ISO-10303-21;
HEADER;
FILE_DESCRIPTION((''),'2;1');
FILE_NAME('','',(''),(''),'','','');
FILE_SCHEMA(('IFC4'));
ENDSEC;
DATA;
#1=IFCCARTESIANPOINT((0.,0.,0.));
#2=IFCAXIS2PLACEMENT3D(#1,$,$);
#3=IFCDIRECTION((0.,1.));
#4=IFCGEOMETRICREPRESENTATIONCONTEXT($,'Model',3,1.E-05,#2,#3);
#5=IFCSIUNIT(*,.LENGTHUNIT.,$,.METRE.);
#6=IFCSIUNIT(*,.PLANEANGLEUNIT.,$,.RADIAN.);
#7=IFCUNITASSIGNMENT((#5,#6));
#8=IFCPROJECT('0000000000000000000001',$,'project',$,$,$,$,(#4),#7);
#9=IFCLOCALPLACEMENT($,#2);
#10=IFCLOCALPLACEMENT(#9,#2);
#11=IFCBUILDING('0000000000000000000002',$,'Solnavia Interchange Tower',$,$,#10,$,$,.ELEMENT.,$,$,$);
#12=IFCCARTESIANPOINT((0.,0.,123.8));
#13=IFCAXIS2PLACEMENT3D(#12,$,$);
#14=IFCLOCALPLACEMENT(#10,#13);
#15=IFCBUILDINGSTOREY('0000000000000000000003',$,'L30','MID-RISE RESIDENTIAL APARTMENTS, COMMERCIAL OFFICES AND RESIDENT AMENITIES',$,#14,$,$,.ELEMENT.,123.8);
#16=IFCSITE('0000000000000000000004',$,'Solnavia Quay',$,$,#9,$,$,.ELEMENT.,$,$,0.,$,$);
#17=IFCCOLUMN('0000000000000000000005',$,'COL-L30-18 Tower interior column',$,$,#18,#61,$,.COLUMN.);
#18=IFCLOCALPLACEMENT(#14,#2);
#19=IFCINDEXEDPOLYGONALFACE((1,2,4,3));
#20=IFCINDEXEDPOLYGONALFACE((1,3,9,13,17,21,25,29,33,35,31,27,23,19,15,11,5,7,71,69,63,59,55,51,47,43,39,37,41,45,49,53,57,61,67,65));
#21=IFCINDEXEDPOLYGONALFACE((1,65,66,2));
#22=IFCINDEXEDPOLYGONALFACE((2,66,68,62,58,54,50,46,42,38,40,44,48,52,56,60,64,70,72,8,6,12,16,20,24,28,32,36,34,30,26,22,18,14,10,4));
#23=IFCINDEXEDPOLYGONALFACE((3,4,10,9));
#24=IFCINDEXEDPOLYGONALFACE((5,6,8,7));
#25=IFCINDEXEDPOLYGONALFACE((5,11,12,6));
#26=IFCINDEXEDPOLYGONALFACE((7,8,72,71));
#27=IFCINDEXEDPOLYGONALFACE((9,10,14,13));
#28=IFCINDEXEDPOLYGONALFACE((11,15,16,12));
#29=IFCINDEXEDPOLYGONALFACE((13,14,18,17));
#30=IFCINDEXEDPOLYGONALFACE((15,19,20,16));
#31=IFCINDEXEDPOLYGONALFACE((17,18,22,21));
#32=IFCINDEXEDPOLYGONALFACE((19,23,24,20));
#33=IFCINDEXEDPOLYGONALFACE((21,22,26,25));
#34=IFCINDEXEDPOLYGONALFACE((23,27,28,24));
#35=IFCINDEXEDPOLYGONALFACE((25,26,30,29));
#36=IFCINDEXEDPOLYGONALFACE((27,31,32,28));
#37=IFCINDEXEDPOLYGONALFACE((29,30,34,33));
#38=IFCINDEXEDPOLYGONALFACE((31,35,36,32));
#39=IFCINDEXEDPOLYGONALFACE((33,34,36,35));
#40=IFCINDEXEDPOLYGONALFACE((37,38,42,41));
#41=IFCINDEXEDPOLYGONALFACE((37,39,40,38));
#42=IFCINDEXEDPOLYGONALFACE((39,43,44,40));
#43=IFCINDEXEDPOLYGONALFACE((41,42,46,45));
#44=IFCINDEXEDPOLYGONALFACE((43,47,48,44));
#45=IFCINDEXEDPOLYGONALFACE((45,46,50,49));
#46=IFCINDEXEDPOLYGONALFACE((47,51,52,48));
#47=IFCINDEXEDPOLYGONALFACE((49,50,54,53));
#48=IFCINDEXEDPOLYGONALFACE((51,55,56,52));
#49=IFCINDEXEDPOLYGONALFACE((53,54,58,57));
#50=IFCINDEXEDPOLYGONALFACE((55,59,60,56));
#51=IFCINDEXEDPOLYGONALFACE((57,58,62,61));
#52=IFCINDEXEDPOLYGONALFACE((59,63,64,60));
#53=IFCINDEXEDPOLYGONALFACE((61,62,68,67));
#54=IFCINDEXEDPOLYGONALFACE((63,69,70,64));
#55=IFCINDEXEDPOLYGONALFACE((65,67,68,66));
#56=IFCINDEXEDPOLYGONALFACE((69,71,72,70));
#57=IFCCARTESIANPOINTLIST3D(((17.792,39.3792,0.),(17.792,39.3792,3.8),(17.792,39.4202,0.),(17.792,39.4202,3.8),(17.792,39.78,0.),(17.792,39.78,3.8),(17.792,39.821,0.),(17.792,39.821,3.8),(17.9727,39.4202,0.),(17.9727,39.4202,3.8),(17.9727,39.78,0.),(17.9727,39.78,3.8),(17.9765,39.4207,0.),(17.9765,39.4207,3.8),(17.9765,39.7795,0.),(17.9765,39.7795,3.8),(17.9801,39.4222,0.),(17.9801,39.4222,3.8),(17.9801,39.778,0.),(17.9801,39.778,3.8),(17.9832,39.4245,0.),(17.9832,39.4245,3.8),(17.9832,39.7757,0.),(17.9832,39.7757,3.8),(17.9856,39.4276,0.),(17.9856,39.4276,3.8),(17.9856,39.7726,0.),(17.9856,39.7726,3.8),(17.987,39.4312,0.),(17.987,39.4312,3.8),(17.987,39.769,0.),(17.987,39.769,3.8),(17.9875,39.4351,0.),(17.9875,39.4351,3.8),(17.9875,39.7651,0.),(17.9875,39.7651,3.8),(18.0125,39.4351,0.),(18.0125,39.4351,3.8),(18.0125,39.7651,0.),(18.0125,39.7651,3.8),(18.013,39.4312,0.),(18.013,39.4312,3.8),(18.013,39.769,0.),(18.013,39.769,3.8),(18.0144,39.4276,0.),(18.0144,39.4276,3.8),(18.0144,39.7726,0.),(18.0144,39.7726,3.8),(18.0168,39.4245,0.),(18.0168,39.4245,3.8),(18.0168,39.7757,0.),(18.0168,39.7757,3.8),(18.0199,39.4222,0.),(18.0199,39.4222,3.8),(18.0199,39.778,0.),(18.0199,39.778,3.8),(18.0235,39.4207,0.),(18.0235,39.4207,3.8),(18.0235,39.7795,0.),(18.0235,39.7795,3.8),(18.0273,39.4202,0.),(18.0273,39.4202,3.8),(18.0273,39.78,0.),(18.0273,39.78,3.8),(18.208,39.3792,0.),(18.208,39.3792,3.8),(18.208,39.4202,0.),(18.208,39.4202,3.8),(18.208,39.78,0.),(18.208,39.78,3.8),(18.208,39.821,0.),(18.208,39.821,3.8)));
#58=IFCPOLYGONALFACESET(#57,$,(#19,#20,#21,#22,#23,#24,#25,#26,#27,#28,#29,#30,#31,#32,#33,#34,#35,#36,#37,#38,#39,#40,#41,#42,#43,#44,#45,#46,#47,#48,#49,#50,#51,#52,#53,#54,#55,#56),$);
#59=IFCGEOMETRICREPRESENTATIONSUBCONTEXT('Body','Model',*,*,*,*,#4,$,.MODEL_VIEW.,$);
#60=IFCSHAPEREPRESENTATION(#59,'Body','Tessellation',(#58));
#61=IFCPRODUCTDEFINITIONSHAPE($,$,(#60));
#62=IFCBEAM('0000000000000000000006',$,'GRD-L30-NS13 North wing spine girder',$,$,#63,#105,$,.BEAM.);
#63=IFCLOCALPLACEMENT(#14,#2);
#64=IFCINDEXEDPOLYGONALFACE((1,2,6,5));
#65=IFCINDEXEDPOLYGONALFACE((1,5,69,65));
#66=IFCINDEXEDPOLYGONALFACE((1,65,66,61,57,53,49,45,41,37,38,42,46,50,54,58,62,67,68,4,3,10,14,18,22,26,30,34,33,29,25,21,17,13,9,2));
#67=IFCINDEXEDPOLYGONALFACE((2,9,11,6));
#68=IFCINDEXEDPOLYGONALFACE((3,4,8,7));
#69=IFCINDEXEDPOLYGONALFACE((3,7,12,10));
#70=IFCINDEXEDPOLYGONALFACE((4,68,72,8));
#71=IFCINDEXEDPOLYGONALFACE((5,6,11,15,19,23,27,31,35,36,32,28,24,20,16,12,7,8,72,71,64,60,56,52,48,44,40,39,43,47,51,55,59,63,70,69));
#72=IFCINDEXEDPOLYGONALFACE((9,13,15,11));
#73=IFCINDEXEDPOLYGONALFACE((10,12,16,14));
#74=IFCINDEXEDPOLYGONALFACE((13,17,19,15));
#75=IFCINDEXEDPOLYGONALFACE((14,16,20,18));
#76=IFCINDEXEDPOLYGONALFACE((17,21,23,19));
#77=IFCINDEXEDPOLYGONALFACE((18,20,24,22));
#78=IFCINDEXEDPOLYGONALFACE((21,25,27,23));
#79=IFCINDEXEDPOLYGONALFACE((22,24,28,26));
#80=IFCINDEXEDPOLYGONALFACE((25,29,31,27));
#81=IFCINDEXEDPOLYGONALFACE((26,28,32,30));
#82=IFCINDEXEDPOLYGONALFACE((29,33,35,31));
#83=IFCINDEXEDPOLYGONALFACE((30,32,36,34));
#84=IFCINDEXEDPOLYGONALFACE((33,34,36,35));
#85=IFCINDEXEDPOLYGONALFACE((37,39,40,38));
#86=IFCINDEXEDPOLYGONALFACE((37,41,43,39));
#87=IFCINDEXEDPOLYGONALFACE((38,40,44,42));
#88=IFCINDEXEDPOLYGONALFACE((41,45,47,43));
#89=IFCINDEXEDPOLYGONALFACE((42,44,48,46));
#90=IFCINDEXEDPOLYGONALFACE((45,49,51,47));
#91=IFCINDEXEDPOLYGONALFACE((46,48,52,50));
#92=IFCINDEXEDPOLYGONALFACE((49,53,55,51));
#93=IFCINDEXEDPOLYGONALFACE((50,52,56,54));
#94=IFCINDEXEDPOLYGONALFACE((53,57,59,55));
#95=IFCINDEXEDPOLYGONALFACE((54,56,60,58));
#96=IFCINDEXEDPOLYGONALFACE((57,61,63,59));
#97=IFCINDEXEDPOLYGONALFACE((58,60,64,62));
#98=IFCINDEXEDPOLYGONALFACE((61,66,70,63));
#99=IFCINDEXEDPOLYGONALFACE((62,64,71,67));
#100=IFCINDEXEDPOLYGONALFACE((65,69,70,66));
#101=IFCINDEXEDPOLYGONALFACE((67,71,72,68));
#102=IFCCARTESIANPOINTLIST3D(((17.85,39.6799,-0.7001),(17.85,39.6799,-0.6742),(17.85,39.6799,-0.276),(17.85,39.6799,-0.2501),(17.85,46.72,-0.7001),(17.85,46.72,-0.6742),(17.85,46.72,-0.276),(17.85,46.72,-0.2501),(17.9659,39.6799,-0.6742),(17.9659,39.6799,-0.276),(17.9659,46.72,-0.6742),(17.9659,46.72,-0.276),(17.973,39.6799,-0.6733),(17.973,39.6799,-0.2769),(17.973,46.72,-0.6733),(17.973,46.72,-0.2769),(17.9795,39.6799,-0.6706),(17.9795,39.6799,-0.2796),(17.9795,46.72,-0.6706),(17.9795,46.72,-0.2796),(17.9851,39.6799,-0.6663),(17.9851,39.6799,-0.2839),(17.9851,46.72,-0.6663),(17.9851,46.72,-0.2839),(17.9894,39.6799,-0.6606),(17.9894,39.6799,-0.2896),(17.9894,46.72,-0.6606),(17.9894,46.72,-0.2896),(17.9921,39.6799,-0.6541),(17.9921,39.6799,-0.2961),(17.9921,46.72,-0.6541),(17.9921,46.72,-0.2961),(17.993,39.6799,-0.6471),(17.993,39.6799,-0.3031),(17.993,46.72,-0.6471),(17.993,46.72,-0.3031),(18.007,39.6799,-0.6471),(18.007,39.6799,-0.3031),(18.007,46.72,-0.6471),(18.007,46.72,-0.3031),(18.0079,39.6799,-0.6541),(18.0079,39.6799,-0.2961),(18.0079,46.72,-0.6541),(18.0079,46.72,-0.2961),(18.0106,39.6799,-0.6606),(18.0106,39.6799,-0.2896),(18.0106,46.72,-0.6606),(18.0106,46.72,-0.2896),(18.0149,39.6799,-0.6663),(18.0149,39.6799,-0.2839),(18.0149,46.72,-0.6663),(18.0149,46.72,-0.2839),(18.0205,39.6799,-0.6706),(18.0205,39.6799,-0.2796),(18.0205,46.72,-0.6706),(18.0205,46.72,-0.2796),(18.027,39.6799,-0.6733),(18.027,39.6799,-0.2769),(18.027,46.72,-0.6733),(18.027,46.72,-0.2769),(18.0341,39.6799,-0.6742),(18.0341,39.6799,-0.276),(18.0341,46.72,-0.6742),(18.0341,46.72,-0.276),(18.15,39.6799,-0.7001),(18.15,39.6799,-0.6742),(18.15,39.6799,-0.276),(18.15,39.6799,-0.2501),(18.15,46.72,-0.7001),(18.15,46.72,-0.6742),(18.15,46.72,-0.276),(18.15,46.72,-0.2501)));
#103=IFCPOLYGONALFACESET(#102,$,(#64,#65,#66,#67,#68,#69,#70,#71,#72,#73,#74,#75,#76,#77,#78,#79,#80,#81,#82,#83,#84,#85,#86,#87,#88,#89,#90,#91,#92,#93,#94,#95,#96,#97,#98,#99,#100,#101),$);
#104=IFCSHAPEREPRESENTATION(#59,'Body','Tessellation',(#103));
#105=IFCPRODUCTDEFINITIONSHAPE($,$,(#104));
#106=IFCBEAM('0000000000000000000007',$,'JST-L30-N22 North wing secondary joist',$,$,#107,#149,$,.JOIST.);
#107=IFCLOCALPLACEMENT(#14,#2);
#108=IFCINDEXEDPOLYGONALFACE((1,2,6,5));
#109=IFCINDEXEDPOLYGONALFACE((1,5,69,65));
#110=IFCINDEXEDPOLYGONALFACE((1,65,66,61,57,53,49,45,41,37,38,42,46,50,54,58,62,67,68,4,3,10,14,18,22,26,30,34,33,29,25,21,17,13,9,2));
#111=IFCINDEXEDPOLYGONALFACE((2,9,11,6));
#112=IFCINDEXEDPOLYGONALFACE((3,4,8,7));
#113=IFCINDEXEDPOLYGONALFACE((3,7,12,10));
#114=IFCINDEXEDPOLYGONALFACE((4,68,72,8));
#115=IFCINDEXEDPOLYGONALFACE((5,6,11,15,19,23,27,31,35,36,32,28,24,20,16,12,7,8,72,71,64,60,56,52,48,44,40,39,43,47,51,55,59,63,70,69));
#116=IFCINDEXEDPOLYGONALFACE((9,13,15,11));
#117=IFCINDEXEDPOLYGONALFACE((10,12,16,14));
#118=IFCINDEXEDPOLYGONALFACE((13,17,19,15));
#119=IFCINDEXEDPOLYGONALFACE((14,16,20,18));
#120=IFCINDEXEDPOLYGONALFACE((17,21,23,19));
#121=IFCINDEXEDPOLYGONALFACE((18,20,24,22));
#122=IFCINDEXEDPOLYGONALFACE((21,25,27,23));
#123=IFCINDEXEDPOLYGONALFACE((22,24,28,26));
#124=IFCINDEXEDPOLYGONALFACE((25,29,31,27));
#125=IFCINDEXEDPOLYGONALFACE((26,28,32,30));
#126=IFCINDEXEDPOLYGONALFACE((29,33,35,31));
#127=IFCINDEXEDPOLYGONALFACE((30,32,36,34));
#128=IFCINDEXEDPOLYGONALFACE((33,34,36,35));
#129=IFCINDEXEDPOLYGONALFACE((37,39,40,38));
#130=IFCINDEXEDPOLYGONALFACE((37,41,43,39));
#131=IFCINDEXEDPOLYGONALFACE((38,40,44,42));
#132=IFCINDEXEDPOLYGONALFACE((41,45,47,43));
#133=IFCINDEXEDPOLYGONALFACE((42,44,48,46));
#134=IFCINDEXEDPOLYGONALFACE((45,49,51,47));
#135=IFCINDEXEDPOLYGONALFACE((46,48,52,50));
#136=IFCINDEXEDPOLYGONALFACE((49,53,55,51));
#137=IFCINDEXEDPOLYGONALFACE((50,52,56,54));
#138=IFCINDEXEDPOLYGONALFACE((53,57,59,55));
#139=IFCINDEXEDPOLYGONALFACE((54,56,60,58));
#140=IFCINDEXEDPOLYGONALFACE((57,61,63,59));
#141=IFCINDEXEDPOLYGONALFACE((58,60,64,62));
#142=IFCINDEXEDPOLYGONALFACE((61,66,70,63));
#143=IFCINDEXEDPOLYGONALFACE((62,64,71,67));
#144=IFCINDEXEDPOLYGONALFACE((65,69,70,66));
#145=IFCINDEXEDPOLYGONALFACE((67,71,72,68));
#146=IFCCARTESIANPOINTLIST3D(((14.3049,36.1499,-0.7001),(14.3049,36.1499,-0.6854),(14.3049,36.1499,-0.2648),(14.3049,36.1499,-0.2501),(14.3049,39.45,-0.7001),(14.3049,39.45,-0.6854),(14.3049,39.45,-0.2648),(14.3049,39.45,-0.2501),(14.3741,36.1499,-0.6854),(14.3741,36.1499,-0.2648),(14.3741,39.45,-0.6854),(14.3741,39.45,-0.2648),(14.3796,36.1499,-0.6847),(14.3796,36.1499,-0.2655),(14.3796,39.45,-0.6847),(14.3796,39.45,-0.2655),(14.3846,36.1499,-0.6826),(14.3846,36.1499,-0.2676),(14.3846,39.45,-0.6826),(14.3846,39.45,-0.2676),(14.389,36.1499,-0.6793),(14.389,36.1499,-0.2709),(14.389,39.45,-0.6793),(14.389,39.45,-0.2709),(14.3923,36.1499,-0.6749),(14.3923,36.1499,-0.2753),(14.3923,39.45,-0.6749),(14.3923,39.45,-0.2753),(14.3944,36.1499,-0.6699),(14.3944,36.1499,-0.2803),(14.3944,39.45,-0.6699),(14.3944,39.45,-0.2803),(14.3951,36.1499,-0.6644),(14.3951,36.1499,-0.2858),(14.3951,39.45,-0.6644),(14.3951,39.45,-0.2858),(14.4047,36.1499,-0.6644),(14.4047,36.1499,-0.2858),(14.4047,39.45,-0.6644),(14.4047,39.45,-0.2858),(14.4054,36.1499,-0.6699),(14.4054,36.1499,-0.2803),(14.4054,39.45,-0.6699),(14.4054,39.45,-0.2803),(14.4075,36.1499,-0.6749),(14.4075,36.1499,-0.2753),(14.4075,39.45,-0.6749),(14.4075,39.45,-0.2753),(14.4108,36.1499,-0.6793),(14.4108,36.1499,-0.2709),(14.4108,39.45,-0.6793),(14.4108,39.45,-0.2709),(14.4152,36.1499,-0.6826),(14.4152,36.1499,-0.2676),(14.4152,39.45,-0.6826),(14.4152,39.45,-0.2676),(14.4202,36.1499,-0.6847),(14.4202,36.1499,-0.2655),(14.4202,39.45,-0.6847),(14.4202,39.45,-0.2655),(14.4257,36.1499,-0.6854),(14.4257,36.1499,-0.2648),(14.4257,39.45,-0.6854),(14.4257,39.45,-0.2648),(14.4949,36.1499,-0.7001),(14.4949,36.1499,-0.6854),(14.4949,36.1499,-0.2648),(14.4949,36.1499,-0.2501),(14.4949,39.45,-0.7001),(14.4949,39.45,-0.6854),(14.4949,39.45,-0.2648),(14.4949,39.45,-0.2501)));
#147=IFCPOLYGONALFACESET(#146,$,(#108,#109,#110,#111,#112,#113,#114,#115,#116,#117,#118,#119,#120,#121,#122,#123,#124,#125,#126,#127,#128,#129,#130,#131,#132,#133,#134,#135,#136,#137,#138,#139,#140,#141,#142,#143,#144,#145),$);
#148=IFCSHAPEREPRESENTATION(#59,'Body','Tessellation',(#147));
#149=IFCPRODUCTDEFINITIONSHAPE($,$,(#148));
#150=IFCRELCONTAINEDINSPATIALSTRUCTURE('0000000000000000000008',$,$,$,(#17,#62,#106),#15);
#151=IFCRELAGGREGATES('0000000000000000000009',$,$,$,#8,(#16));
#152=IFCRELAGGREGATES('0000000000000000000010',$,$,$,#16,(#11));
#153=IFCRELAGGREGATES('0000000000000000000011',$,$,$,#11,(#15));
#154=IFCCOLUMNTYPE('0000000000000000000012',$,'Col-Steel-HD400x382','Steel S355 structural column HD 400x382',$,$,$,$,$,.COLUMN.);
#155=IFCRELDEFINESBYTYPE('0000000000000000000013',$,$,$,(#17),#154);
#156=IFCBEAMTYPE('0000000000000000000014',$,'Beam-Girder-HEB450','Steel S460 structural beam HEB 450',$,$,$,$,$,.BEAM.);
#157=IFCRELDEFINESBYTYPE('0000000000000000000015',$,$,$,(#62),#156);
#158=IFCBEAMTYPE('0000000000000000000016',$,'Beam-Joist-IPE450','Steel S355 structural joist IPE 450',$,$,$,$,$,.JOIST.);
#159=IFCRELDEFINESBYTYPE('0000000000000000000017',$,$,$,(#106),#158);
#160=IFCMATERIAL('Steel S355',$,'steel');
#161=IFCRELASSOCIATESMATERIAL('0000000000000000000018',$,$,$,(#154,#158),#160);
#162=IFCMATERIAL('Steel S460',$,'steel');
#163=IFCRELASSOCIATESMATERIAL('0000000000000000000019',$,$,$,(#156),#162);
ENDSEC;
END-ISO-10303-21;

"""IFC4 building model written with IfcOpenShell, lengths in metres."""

from ifc_helpers import new_model, si_unit, direction, frame, origin, origin_2d, place, context, subcontext, project, spatial, i_section, extrude, material, material_profile, profile_set, type_object, element, save


model = new_model("IFC4")

# Units and contexts
model_context = context("Model", 3, precision=1e-05, world=origin(), true_north=direction((0.0, 1.0)))
body_context = subcontext(model_context, "Body", "Model", "MODEL_VIEW")
ifc_project = project(units=[si_unit("LENGTHUNIT", "METRE"), si_unit("PLANEANGLEUNIT", "RADIAN")], contexts=[model_context])

# Site, building, storey
site_placement = place(None, origin())
site = spatial("IfcSite", under=ifc_project, at=site_placement, Name="Solnavia Quay", CompositionType="ELEMENT", RefElevation=0.0)
building_placement = place(site_placement, origin())
building = spatial("IfcBuilding", under=site, at=building_placement, Name="Solnavia Interchange Tower", CompositionType="ELEMENT")
storey_placement = place(building_placement, frame((0.0, 0.0, 123.8)))
storey = spatial("IfcBuildingStorey", under=building, at=storey_placement, Name="L30", Description="MID-RISE RESIDENTIAL APARTMENTS, COMMERCIAL OFFICES AND RESIDENT AMENITIES", CompositionType="ELEMENT", Elevation=123.8)

# Column
ifc_material_1 = material(Name="Steel S355", Category="steel")
ifc_material_profile_1 = material_profile(ifc_material_1, i_section(OverallWidth=0.416, OverallDepth=0.4419, WebThickness=0.0249, FlangeThickness=0.041, FilletRadius=0.0149, at=origin_2d()), Name="HD 400x382")
ifc_profile_set_1 = profile_set([ifc_material_profile_1], Name="Steel S355")
column_type = type_object("IfcColumnType", Name="Col-Steel-HD400x382", Description="Steel S355 structural column HD 400x382", PredefinedType="COLUMN", material=ifc_profile_set_1)
column_placement = place(storey_placement, frame((18.0, 39.6001, 0.0), z_axis=(0.0, 0.0, 1.0), x_axis=(1.0, 0.0, 0.0)))
element("IfcColumn", 1, at=column_placement, inside=storey, type_object=column_type, Name="COL-L30-18 Tower interior column", PredefinedType="COLUMN", context=body_context, shape_type="SweptSolid", body=[
    extrude(i_section(OverallWidth=0.416, OverallDepth=0.4419, WebThickness=0.0249, FlangeThickness=0.041, FilletRadius=0.0149, at=origin_2d()), origin(), (0.0, 0.0, 1.0), 3.8),
])

# Beams
ifc_material_2 = material(Name="Steel S460", Category="steel")
ifc_material_profile_2 = material_profile(ifc_material_2, i_section(OverallWidth=0.3, OverallDepth=0.45, WebThickness=0.0139, FlangeThickness=0.0259, FilletRadius=0.0271, at=origin_2d()), Name="HEB 450")
ifc_profile_set_2 = profile_set([ifc_material_profile_2], Name="Steel S460")
beam_type_1 = type_object("IfcBeamType", Name="Beam-Girder-HEB450", Description="Steel S460 structural beam HEB 450", PredefinedType="BEAM", material=ifc_profile_set_2)
beam_1_placement = place(storey_placement, frame((18.0, 39.6799, -0.4751), z_axis=(0.0, 1.0, 0.0), x_axis=(-1.0, 0.0, 0.0)))
element("IfcBeam", 2, at=beam_1_placement, inside=storey, type_object=beam_type_1, Name="GRD-L30-NS13 North wing spine girder", PredefinedType="BEAM", context=body_context, shape_type="SweptSolid", body=[
    extrude(i_section(OverallWidth=0.3, OverallDepth=0.45, WebThickness=0.0139, FlangeThickness=0.0259, FilletRadius=0.0271, at=origin_2d()), origin(), (0.0, 0.0, 1.0), 7.04),
])
ifc_material_profile_3 = material_profile(ifc_material_1, i_section(OverallWidth=0.1899, OverallDepth=0.45, WebThickness=0.0095, FlangeThickness=0.0146, FilletRadius=0.021, at=origin_2d()), Name="IPE 450")
ifc_profile_set_3 = profile_set([ifc_material_profile_3], Name="Steel S355")
beam_type_2 = type_object("IfcBeamType", Name="Beam-Joist-IPE450", Description="Steel S355 structural joist IPE 450", PredefinedType="JOIST", material=ifc_profile_set_3)
beam_2_placement = place(storey_placement, frame((14.3999, 36.1499, -0.4751), z_axis=(0.0, 1.0, 0.0), x_axis=(-1.0, 0.0, 0.0)))
element("IfcBeam", 3, at=beam_2_placement, inside=storey, type_object=beam_type_2, Name="JST-L30-N22 North wing secondary joist", PredefinedType="JOIST", context=body_context, shape_type="SweptSolid", body=[
    extrude(i_section(OverallWidth=0.1899, OverallDepth=0.45, WebThickness=0.0095, FlangeThickness=0.0146, FilletRadius=0.021, at=origin_2d()), origin(), (0.0, 0.0, 1.0), 3.3),
])

save(model, "model.ifc")
